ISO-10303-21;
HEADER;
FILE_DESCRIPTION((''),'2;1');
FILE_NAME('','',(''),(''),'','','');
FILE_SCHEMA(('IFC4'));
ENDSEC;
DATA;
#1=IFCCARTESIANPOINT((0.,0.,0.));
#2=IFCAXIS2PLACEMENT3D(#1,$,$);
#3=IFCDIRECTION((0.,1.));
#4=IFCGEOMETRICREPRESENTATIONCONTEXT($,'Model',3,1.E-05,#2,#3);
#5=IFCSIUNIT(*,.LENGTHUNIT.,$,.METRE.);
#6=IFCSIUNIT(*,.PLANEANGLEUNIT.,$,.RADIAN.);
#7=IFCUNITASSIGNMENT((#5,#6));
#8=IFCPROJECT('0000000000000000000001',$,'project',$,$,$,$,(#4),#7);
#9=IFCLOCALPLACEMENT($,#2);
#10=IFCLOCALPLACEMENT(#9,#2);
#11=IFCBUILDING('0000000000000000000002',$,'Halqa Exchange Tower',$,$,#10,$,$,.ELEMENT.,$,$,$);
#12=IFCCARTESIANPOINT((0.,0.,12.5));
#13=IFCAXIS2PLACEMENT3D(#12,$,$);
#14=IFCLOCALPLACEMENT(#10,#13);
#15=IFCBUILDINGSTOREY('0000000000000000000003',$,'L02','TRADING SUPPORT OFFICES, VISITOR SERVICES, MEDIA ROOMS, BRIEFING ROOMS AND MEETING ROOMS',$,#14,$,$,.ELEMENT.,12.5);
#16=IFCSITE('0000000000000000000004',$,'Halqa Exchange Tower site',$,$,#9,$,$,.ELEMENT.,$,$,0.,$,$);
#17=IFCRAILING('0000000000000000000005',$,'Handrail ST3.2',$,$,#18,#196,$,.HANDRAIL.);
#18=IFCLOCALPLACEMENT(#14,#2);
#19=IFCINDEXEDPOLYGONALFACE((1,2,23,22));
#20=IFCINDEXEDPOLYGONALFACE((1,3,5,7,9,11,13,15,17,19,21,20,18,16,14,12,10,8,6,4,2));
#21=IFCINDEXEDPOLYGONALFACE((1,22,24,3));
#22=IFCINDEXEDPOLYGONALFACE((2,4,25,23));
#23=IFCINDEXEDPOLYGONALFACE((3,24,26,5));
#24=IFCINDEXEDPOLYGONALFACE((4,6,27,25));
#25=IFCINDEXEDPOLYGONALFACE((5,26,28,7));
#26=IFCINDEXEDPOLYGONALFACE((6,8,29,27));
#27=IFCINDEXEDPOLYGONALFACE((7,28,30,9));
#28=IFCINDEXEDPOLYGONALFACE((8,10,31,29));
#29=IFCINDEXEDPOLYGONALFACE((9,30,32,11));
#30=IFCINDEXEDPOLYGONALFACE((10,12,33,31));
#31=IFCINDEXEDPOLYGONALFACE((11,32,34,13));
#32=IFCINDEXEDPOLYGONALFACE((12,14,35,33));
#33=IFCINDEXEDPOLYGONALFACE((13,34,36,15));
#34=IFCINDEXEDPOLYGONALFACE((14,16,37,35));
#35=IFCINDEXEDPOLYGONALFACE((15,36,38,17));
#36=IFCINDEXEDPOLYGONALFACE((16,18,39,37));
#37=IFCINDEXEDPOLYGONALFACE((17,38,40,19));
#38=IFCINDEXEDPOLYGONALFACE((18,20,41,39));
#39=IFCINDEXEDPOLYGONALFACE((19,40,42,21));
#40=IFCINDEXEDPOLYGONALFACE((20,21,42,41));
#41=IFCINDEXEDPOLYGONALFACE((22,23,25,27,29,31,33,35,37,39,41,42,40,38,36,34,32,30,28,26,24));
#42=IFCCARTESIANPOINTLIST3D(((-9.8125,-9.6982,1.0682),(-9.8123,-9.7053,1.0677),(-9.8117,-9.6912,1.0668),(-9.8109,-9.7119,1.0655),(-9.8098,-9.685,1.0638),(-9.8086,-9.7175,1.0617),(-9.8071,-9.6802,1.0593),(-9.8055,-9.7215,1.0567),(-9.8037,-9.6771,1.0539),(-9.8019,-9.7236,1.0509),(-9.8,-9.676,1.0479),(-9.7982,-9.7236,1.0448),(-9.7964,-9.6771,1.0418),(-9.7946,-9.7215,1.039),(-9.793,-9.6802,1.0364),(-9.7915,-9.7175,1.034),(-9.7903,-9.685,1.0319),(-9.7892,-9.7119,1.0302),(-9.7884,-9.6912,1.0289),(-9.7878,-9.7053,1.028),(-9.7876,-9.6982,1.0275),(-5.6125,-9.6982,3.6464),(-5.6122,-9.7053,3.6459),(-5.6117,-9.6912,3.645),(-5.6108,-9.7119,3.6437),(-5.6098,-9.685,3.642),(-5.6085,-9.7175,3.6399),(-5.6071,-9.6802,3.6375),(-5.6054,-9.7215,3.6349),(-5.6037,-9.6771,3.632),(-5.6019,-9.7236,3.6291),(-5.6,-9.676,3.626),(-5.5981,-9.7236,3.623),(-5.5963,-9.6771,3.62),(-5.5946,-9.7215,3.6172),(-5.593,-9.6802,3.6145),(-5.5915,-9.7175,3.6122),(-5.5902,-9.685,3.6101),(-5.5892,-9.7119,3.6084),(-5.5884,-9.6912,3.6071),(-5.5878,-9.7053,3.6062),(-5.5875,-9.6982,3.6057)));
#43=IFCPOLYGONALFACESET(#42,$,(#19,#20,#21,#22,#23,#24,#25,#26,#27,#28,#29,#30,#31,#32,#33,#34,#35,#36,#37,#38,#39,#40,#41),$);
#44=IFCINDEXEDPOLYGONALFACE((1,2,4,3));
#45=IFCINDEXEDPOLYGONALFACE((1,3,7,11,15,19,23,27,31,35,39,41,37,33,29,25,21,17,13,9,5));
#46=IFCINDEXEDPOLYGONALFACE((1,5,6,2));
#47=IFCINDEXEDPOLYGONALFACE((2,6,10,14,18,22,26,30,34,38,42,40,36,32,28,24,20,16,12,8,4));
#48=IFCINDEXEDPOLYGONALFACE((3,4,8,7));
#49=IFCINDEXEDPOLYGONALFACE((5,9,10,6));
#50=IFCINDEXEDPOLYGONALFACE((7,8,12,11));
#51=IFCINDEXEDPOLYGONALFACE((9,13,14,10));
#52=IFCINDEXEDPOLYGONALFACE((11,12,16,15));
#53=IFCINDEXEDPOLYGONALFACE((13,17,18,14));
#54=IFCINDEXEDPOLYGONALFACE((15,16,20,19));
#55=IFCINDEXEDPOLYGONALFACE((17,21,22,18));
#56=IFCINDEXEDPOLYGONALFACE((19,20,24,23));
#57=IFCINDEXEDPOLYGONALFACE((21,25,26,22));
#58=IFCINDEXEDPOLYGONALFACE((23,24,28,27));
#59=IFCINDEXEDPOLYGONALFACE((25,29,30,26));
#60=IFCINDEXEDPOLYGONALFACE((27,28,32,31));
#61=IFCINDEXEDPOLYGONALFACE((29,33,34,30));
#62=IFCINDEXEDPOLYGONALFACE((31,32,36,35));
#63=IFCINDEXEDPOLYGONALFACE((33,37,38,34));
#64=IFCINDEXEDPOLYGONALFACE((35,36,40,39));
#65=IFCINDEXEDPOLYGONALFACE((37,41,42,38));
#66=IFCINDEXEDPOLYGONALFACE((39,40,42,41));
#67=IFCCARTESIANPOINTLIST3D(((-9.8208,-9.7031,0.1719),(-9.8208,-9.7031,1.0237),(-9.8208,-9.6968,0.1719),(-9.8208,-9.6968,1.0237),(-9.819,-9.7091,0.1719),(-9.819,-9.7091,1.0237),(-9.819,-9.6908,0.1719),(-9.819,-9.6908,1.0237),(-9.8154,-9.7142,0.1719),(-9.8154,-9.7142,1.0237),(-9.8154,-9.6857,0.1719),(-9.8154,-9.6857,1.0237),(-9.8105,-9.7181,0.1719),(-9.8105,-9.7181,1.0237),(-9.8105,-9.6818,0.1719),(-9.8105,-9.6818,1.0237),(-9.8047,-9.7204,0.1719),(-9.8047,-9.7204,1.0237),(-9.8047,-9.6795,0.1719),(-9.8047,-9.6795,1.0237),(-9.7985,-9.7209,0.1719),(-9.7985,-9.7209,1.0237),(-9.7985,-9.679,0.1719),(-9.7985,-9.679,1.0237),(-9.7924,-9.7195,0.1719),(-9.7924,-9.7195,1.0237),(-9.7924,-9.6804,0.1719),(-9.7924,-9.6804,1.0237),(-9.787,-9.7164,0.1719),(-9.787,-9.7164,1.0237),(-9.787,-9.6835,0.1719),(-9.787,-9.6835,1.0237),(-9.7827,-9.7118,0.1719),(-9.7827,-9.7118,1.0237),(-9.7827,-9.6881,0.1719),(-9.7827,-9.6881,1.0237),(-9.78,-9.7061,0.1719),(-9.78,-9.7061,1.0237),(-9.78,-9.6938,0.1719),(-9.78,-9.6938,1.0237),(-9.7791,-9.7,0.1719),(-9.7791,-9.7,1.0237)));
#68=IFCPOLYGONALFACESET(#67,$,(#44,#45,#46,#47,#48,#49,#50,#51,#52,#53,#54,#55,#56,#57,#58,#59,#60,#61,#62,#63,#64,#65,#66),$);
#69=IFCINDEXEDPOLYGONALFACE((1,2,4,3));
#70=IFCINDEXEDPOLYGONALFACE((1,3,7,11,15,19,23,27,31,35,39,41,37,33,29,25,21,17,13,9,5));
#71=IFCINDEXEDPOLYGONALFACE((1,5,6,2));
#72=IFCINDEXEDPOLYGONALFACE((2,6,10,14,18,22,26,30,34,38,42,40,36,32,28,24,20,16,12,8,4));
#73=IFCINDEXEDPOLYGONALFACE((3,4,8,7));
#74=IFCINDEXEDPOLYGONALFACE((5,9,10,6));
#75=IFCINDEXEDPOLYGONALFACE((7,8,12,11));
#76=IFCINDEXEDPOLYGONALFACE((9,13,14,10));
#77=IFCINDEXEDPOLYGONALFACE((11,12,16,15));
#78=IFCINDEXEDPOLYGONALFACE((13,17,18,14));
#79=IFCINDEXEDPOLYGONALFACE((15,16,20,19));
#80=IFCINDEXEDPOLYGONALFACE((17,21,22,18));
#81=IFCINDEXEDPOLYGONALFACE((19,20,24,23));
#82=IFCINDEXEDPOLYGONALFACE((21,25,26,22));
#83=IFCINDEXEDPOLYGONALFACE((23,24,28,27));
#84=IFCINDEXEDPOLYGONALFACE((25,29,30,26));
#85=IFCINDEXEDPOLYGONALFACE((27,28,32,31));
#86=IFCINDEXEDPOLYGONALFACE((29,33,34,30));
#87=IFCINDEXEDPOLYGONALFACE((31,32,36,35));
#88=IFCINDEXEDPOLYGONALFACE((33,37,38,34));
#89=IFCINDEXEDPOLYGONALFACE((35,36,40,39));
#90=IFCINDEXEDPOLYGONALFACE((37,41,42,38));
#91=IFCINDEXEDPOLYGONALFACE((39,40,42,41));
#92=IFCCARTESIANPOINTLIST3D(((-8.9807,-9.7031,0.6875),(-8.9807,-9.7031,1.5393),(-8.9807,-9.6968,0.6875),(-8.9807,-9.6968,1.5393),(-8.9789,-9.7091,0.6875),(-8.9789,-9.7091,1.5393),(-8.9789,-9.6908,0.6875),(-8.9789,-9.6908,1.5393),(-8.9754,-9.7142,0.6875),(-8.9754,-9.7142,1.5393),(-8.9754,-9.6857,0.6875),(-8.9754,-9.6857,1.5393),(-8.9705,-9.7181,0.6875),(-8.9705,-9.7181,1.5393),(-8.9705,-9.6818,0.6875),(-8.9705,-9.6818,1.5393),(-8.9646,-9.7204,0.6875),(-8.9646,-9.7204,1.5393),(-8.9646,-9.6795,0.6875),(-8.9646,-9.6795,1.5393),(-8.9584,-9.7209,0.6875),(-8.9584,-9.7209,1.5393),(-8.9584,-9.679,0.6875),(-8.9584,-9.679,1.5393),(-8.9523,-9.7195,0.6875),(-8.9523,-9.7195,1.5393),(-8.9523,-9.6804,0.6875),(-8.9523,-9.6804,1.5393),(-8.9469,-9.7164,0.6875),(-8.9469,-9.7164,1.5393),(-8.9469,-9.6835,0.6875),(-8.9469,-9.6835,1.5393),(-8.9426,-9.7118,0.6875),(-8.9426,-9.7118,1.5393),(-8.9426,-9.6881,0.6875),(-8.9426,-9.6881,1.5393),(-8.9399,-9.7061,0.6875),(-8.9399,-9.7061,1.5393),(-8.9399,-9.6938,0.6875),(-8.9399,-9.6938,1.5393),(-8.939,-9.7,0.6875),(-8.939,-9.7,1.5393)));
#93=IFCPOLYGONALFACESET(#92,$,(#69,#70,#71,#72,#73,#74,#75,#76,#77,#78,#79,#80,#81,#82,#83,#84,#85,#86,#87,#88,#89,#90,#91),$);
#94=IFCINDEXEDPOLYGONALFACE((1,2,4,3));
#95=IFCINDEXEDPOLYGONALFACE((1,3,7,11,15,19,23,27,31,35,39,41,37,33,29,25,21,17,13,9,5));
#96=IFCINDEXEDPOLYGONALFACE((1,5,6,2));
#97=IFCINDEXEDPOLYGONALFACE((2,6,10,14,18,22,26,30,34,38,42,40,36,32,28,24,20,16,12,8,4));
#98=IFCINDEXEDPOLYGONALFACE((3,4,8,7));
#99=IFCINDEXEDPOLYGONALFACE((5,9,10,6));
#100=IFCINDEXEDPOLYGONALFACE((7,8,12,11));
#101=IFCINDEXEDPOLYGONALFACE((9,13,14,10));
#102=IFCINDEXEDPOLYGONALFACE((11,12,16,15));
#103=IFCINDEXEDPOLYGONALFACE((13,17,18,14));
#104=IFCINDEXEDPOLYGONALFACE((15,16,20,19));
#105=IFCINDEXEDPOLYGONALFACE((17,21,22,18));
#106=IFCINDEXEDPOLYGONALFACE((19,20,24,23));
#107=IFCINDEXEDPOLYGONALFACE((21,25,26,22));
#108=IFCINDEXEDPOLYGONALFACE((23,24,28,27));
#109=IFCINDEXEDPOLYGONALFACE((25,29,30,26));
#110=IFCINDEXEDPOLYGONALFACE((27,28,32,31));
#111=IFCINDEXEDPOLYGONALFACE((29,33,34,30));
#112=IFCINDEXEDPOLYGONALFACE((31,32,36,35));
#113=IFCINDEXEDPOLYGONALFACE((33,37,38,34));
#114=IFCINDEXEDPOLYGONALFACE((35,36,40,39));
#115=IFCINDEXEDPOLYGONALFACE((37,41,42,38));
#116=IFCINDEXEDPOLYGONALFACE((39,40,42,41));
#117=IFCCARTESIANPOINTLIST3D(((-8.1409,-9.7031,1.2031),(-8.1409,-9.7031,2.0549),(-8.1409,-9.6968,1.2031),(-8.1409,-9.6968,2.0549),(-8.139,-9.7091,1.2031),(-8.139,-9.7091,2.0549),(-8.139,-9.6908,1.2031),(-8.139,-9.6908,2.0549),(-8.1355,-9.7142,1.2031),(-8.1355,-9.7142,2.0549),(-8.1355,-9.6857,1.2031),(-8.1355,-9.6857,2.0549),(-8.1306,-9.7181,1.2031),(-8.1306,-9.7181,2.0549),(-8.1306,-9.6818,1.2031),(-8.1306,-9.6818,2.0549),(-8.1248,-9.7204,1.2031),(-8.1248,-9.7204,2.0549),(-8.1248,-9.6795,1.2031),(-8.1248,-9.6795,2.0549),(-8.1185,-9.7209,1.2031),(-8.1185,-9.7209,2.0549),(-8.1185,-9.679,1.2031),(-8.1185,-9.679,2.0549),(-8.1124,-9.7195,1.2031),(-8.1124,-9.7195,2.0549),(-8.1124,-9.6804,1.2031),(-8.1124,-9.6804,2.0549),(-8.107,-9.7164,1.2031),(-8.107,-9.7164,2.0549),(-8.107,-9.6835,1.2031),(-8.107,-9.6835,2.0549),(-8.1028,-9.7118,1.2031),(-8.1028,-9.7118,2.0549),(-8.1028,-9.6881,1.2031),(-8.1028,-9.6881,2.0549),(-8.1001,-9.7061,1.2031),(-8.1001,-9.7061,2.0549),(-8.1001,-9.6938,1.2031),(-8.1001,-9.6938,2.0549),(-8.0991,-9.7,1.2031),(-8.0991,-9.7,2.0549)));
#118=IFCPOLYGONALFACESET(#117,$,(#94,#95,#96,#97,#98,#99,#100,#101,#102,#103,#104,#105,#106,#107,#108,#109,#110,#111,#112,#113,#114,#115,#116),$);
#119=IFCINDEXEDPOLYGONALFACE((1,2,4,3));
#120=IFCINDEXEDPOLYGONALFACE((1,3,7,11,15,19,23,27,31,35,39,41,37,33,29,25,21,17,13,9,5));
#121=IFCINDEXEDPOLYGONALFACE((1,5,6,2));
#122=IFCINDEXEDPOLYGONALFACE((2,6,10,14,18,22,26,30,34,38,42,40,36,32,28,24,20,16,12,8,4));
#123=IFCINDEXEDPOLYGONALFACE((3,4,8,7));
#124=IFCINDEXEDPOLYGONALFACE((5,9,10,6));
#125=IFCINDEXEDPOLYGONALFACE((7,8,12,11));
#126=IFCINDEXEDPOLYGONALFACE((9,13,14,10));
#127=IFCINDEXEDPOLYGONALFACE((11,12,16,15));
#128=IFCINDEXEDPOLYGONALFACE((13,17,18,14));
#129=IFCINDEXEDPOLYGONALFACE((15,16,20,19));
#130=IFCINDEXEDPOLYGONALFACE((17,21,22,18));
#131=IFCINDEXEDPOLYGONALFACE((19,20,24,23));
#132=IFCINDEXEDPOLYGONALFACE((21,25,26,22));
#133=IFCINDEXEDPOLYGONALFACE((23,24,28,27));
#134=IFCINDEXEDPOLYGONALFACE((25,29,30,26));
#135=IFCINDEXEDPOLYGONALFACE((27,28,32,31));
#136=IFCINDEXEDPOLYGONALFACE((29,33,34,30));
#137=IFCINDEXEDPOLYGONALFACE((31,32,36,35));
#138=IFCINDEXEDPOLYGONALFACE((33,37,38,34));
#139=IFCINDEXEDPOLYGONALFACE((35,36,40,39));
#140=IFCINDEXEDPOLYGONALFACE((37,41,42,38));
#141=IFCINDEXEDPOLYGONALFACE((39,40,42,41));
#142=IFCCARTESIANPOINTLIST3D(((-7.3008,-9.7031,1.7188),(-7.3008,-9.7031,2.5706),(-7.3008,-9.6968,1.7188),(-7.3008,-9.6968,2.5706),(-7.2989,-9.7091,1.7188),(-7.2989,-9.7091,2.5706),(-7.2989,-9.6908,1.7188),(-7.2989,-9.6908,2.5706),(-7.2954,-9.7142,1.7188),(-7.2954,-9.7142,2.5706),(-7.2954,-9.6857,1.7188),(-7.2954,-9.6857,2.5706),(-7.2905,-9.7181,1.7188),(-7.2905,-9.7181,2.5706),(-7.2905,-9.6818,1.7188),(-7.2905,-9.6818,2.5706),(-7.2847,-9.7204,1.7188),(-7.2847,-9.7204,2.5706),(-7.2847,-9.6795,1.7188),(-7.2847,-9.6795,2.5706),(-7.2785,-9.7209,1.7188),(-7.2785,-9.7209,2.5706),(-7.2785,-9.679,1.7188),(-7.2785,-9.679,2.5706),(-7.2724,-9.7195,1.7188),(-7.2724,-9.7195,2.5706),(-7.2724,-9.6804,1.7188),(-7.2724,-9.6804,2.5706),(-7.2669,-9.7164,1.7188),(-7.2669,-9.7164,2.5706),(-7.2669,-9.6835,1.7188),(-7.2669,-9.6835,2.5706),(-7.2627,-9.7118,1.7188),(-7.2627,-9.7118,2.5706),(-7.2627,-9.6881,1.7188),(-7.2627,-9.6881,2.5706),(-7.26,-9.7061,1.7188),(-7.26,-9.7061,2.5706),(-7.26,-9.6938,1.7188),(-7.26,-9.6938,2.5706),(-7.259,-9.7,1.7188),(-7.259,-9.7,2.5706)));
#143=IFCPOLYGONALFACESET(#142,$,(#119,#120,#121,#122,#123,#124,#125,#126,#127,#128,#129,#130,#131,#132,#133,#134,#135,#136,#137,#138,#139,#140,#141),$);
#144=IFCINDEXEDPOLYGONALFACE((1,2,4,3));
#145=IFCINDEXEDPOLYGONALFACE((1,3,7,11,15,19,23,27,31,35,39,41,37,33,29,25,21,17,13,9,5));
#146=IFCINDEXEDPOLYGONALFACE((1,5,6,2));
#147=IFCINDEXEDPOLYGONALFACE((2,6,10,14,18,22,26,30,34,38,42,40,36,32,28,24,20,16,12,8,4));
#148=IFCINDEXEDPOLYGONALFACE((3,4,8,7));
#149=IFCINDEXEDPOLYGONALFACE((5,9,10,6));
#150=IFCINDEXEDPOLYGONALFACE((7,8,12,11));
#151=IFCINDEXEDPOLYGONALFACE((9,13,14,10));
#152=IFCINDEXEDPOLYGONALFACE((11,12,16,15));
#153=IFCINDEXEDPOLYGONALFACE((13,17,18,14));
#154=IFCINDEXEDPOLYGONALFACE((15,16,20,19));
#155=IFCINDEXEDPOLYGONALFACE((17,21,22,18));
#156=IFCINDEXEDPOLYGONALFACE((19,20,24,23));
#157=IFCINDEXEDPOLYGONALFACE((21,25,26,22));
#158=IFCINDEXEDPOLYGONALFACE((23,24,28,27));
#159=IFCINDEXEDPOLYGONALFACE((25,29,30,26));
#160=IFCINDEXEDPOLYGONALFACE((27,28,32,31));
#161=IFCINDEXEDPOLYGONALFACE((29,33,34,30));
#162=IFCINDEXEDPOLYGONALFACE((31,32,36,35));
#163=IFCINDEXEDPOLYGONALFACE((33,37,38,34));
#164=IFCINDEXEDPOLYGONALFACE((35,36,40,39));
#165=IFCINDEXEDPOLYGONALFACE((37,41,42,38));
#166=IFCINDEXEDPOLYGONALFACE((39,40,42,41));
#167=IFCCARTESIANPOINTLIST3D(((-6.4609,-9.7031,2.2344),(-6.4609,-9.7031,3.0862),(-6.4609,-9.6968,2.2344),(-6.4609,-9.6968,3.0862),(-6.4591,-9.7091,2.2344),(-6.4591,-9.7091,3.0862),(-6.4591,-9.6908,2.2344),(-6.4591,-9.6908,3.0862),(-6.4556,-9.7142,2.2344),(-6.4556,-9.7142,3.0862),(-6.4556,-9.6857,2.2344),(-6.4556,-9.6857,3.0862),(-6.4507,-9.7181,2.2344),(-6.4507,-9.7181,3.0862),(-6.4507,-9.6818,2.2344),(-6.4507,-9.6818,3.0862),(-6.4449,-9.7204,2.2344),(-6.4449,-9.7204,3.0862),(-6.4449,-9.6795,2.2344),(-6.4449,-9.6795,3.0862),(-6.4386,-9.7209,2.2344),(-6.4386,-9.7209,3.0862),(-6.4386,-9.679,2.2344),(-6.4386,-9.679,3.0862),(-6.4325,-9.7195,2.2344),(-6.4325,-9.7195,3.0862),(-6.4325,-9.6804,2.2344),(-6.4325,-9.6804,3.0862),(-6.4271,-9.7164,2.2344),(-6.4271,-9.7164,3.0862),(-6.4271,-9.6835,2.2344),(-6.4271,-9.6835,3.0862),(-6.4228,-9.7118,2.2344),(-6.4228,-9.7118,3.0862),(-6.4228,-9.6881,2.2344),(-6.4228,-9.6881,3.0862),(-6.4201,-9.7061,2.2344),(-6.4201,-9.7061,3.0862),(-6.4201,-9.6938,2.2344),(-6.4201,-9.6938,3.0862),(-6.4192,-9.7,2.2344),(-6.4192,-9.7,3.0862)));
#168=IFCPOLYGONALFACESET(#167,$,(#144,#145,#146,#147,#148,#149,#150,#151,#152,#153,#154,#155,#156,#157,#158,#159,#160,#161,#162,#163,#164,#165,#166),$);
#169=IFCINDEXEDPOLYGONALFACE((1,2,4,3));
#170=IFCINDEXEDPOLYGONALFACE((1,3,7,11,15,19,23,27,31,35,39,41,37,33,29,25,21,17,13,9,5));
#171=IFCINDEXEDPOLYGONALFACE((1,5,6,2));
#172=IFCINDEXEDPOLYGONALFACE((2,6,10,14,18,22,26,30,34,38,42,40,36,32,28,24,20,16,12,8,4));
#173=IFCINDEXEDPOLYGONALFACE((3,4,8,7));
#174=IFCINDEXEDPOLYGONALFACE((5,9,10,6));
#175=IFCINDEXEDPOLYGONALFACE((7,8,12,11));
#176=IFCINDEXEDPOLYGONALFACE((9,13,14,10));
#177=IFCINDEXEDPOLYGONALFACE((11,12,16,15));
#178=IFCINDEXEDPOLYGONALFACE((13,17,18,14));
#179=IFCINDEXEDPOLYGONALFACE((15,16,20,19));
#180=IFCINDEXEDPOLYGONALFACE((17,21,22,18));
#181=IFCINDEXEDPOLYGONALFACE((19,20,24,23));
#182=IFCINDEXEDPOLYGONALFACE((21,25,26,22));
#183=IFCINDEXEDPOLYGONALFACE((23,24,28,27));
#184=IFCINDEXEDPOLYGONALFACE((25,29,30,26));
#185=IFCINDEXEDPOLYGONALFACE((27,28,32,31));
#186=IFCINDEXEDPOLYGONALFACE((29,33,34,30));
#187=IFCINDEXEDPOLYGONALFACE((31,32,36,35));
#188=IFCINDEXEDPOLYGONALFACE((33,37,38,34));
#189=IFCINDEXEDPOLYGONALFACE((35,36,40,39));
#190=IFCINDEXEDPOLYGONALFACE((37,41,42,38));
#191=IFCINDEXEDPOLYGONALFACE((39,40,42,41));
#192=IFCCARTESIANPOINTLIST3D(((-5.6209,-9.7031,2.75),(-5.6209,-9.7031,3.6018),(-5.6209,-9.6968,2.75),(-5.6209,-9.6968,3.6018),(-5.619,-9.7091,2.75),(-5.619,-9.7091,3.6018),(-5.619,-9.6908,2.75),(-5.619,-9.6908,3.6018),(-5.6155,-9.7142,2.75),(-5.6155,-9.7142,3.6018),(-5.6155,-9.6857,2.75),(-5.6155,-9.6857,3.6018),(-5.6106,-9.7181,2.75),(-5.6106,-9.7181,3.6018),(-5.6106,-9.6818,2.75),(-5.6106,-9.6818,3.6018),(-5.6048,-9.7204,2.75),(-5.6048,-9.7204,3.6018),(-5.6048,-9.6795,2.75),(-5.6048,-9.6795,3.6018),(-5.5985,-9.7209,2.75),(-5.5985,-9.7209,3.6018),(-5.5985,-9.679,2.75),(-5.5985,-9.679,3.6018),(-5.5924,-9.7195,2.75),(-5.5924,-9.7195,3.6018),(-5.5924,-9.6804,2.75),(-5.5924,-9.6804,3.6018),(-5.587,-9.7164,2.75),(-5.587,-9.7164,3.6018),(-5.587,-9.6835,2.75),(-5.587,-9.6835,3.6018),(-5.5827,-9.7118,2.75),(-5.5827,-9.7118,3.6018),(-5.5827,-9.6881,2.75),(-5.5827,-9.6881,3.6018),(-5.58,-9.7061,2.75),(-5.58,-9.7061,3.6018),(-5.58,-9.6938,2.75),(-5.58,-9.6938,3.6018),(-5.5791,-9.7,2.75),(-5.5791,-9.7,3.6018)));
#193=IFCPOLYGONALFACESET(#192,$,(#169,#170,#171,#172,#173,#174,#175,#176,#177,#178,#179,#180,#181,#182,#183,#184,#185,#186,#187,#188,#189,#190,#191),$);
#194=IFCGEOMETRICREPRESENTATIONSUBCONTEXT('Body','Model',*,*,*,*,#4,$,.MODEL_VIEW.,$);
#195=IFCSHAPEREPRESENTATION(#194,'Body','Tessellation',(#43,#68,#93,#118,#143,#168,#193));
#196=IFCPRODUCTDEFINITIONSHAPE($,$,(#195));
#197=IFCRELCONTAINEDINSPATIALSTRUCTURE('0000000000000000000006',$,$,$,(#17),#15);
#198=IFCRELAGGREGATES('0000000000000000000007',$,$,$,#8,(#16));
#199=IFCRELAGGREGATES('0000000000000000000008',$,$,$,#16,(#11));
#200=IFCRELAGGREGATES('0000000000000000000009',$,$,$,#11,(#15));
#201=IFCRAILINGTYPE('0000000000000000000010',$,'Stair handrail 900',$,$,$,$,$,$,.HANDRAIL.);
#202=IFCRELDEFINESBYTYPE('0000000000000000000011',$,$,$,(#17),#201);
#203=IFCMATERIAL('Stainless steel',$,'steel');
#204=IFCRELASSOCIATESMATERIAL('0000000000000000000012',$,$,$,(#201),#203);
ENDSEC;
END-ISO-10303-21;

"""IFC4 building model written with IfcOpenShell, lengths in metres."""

from ifc_helpers import new_model, si_unit, direction, frame, origin, origin_2d, place, context, subcontext, project, spatial, circle, extrude, material, type_object, element, save


model = new_model("IFC4")

# Units and contexts
model_context = context("Model", 3, precision=1e-05, world=origin(), true_north=direction((0.0, 1.0)))
body_context = subcontext(model_context, "Body", "Model", "MODEL_VIEW")
ifc_project = project(units=[si_unit("LENGTHUNIT", "METRE"), si_unit("PLANEANGLEUNIT", "RADIAN")], contexts=[model_context])

# Site, building, storey
site_placement = place(None, origin())
site = spatial("IfcSite", under=ifc_project, at=site_placement, Name="Halqa Exchange Tower site", CompositionType="ELEMENT", RefElevation=0.0)
building_placement = place(site_placement, origin())
building = spatial("IfcBuilding", under=site, at=building_placement, Name="Halqa Exchange Tower", CompositionType="ELEMENT")
storey_placement = place(building_placement, frame((0.0, 0.0, 12.5)))
storey = spatial("IfcBuildingStorey", under=building, at=storey_placement, Name="L02", Description="TRADING SUPPORT OFFICES, VISITOR SERVICES, MEDIA ROOMS, BRIEFING ROOMS AND MEETING ROOMS", CompositionType="ELEMENT", Elevation=12.5)

# Shared definitions
ifc_material_1 = material(Name="Stainless steel", Category="steel")

# Railing
railing_type = type_object("IfcRailingType", Name="Stair handrail 900", PredefinedType="HANDRAIL", material=ifc_material_1)
railing_1_placement = place(storey_placement, frame((-9.8, -9.7, 0.1719)))
element("IfcRailing", 1, at=railing_1_placement, inside=storey, type_object=railing_type, Name="Handrail ST3.2", PredefinedType="HANDRAIL", context=body_context, shape_type="SweptSolid", body=[
    extrude(circle(Radius=0.0239, at=origin_2d()), frame((0.0, 0.0, 0.876), z_axis=(0.852243, 0.0, 0.523146), x_axis=(0.0, 1.0, 0.0)), (0.0, 0.0, 1.0), 4.9282),
    extrude(circle(Radius=0.021, at=origin_2d()), origin(), (0.0, 0.0, 1.0), 0.8518),
    extrude(circle(Radius=0.021, at=origin_2d()), frame((0.8401, 0.0, 0.5156)), (0.0, 0.0, 1.0), 0.8518),
    extrude(circle(Radius=0.021, at=origin_2d()), frame((1.6799, 0.0, 1.0312)), (0.0, 0.0, 1.0), 0.8518),
    extrude(circle(Radius=0.021, at=origin_2d()), frame((2.52, 0.0, 1.5469)), (0.0, 0.0, 1.0), 0.8518),
    extrude(circle(Radius=0.021, at=origin_2d()), frame((3.3599, 0.0, 2.0625)), (0.0, 0.0, 1.0), 0.8518),
    extrude(circle(Radius=0.021, at=origin_2d()), frame((4.2, 0.0, 2.5781)), (0.0, 0.0, 1.0), 0.8518),
])

save(model, "model.ifc")
